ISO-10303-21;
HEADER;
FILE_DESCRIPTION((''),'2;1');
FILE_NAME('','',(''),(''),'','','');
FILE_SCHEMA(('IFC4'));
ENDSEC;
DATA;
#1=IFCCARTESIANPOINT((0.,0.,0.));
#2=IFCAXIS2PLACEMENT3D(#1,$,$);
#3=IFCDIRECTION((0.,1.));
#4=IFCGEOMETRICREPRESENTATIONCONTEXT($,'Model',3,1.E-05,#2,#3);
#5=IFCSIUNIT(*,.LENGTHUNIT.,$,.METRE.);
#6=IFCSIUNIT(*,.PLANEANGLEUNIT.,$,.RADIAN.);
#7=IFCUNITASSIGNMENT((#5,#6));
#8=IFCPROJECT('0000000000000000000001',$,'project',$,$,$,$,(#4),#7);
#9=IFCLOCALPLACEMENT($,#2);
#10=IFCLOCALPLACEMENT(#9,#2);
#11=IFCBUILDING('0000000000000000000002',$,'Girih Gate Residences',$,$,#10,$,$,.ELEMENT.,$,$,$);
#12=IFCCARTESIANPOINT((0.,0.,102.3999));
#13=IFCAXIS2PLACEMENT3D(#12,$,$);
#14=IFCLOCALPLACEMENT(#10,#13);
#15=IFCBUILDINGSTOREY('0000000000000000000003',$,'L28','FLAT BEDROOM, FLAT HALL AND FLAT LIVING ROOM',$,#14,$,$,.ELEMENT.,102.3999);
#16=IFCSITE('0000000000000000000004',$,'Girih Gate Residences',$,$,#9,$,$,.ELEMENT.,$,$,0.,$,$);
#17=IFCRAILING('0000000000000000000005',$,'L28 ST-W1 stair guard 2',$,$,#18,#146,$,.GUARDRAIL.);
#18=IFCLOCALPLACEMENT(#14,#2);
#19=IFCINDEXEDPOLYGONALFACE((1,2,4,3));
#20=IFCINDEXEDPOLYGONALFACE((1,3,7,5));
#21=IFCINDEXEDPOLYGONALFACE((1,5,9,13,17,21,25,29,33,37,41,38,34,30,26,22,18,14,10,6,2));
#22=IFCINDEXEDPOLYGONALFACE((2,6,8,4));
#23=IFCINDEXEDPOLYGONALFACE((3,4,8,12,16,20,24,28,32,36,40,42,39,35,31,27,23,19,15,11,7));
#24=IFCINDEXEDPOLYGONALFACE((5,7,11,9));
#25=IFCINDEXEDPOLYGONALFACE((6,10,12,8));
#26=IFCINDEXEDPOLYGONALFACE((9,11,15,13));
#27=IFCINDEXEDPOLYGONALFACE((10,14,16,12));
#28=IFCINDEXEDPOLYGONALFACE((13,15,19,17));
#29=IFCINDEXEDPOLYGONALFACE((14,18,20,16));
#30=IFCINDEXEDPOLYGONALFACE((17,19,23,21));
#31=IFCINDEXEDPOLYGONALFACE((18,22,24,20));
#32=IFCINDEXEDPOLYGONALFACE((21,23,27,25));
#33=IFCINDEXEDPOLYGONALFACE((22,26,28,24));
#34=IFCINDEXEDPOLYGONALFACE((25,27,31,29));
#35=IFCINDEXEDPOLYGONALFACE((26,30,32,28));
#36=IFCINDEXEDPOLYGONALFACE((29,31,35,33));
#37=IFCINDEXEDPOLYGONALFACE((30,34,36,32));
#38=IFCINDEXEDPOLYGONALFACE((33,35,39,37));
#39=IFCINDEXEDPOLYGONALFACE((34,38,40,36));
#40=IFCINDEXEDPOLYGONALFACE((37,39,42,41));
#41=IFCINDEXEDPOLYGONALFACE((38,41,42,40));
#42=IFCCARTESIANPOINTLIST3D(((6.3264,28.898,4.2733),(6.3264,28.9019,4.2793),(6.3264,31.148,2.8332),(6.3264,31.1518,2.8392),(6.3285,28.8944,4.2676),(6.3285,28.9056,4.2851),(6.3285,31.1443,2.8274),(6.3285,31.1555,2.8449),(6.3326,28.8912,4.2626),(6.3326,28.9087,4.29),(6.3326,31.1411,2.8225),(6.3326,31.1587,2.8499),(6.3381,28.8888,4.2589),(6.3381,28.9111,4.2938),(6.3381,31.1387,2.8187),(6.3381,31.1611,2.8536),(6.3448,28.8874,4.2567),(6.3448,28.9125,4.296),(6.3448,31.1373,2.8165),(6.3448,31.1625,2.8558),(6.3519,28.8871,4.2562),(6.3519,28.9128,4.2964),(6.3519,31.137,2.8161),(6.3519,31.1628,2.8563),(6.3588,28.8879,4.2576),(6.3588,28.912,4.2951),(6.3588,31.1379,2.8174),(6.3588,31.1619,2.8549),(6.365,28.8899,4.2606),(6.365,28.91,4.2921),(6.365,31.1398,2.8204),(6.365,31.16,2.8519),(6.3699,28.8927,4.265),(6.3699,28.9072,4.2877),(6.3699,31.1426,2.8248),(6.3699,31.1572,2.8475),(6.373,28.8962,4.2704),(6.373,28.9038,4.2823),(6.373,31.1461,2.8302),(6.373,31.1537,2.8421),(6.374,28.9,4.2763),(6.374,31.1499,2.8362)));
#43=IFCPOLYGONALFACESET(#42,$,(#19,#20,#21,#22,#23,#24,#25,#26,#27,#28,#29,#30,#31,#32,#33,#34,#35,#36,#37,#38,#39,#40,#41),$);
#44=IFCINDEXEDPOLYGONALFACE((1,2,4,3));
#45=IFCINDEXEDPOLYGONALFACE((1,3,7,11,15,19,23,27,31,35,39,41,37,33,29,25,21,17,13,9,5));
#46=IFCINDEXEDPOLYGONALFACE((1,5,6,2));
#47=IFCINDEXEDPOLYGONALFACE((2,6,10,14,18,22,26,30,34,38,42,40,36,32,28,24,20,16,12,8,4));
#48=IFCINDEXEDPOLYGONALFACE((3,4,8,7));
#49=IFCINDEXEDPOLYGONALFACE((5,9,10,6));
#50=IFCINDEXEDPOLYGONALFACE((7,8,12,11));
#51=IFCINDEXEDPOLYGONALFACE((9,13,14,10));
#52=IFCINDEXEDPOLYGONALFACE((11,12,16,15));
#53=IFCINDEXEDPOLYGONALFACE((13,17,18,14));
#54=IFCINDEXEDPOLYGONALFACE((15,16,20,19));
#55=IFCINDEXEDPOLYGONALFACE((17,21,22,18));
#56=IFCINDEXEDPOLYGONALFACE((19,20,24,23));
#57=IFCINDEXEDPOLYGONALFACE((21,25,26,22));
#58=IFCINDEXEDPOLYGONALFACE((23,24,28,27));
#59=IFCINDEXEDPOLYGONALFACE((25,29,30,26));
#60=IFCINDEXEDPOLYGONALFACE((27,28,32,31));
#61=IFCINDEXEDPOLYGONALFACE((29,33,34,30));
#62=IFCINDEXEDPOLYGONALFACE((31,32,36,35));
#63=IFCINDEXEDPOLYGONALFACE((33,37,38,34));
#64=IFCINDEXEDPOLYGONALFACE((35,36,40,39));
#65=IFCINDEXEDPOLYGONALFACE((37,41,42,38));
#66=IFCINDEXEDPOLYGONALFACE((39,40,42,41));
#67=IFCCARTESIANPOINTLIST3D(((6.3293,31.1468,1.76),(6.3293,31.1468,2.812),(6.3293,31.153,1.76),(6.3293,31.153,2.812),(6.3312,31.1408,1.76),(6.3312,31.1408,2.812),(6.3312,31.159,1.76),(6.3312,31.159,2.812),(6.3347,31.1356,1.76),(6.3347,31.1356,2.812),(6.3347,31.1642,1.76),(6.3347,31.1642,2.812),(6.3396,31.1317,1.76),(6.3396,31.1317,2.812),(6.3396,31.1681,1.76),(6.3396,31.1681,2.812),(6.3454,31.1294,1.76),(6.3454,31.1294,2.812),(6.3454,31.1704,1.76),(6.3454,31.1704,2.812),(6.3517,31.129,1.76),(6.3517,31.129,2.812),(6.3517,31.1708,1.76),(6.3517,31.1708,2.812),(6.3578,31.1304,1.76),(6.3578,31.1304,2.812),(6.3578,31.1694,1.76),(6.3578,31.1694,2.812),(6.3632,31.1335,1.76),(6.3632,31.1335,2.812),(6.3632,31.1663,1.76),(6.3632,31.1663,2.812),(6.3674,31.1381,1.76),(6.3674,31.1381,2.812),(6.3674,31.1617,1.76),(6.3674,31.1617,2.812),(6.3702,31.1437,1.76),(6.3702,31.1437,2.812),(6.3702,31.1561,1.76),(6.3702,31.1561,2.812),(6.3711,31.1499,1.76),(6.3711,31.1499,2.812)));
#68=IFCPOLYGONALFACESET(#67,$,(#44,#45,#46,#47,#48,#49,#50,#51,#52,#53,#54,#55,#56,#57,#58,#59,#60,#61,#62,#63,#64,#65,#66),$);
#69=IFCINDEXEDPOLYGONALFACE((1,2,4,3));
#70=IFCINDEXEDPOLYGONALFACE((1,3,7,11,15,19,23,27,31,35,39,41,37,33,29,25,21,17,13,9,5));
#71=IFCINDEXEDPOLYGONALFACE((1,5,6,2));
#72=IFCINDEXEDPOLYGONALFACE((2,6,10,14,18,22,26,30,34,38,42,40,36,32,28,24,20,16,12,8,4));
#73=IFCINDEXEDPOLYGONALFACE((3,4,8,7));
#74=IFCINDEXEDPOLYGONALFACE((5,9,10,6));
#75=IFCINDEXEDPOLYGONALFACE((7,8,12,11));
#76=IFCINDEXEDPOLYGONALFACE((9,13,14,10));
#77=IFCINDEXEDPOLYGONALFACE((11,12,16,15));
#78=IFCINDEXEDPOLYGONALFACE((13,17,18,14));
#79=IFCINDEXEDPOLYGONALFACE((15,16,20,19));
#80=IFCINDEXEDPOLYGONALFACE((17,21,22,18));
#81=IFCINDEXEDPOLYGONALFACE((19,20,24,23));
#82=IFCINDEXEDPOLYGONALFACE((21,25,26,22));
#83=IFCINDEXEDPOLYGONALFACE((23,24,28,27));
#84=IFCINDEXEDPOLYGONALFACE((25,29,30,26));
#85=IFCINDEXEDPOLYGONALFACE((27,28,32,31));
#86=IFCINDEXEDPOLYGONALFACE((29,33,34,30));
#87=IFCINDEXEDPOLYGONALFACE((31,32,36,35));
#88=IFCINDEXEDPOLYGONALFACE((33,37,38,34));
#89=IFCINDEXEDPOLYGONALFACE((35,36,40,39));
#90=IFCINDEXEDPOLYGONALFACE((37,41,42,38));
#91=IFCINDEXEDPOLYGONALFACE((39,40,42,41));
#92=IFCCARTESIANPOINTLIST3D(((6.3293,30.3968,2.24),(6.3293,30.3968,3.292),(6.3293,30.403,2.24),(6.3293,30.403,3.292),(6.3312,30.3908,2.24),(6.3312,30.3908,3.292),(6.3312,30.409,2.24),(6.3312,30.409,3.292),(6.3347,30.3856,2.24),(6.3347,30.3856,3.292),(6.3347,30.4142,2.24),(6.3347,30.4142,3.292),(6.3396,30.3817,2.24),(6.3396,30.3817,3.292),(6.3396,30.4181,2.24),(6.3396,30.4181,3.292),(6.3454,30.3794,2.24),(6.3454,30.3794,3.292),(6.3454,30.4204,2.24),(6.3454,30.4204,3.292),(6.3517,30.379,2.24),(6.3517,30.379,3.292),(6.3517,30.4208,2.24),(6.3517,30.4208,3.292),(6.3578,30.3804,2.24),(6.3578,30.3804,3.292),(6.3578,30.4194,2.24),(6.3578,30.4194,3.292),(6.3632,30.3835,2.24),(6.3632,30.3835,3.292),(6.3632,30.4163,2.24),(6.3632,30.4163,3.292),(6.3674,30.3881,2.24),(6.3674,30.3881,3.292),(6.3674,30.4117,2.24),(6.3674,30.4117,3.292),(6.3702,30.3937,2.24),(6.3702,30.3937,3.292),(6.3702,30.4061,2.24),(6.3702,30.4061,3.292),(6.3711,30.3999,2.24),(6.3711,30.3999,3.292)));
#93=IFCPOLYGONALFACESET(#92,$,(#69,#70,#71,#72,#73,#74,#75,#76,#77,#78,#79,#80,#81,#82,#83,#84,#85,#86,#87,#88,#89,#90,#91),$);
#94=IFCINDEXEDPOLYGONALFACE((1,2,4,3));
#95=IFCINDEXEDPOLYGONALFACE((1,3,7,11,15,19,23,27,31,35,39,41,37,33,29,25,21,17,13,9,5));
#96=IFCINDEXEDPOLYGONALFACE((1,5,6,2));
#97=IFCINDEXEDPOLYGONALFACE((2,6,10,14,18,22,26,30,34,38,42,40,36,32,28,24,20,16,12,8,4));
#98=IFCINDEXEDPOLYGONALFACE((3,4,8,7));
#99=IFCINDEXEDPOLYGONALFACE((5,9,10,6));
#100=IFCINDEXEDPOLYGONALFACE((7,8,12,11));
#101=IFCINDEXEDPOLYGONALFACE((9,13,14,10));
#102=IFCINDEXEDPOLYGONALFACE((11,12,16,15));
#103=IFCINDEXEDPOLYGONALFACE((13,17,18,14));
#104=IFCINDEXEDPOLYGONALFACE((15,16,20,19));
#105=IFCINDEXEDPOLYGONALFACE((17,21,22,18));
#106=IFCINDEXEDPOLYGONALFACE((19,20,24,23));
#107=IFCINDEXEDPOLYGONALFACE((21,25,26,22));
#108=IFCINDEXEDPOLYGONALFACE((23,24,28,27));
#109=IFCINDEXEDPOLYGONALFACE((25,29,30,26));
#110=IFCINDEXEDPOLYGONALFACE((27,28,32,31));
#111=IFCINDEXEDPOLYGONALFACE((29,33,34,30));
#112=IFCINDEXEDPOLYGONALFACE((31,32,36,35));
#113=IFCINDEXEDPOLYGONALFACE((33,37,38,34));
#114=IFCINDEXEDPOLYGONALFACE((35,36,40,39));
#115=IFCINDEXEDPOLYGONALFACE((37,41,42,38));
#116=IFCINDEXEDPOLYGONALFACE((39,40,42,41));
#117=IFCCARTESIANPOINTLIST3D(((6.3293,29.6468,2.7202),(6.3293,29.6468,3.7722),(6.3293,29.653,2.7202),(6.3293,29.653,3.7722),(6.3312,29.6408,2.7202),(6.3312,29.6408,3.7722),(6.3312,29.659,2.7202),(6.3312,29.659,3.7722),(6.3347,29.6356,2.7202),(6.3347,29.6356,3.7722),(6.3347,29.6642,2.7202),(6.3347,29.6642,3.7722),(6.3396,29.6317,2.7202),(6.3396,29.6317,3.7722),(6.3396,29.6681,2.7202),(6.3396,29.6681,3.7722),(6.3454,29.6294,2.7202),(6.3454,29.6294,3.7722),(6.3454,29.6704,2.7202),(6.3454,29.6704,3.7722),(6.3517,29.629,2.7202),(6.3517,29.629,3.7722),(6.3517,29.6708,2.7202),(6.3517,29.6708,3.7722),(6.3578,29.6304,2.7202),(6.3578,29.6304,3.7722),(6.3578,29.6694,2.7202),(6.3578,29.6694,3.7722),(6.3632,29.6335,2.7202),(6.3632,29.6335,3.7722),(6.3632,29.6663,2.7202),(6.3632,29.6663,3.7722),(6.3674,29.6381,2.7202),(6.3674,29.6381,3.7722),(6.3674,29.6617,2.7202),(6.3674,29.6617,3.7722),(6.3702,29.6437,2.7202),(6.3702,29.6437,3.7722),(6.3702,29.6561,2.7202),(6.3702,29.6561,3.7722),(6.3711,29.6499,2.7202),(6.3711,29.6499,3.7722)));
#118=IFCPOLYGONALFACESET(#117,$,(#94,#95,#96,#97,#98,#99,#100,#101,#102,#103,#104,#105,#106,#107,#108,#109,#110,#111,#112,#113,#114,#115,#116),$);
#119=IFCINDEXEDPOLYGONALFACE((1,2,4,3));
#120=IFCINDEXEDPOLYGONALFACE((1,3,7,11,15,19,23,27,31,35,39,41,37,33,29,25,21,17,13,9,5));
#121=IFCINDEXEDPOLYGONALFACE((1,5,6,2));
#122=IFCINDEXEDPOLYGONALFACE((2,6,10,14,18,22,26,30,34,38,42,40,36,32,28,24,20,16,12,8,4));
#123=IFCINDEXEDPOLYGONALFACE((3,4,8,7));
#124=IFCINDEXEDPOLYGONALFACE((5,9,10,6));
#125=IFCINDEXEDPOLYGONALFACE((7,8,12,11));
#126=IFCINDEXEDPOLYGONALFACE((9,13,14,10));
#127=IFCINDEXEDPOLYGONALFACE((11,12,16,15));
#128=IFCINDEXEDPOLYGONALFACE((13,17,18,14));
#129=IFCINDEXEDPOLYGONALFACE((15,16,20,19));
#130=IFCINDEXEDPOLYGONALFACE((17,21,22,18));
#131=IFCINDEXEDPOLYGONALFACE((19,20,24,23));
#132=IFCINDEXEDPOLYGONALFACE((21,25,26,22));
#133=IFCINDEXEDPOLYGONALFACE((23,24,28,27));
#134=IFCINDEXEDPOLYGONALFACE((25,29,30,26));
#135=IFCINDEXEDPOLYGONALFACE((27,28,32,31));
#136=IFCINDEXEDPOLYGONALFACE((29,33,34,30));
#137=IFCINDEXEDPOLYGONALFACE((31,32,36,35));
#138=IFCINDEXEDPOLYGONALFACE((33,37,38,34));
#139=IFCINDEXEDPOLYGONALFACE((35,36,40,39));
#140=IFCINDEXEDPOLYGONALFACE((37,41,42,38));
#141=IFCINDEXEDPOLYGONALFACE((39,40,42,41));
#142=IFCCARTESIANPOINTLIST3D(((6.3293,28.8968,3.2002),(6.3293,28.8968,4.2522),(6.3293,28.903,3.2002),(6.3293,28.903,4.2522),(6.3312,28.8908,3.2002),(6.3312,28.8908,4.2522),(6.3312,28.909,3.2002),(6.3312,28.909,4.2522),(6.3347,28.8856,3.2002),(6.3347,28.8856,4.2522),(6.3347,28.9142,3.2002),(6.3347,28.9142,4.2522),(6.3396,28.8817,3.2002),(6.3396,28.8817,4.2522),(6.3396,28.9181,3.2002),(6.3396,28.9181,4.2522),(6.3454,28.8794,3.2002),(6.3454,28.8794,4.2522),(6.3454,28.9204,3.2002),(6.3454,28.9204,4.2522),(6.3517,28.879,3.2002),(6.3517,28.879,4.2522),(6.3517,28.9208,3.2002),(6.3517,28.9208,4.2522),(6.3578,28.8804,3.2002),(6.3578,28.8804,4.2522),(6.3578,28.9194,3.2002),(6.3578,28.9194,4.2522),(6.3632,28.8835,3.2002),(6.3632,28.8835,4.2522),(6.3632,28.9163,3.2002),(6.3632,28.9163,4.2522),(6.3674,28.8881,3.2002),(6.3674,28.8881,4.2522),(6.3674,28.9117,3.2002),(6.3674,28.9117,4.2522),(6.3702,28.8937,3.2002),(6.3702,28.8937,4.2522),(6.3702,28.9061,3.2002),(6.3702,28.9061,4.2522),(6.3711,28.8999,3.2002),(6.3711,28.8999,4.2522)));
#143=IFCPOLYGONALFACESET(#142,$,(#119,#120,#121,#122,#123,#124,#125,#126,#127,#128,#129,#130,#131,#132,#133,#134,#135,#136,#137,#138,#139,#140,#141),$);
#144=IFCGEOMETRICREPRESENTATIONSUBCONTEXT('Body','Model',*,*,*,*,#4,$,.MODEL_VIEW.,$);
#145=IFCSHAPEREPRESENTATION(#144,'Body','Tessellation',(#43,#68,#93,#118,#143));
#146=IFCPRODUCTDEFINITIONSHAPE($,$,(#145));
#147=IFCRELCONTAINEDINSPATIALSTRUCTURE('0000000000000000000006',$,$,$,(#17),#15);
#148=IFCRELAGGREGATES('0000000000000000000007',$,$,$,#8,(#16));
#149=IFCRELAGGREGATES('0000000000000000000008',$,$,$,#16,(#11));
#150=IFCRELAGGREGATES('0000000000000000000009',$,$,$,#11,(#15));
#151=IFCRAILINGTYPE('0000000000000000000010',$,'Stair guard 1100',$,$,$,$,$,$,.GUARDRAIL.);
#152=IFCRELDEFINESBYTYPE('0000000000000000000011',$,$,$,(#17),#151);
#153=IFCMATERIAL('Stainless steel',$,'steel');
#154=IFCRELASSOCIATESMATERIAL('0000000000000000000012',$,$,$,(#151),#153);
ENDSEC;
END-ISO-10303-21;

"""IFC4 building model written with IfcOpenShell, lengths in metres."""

from ifc_helpers import new_model, si_unit, direction, frame, origin, origin_2d, place, context, subcontext, project, spatial, circle, extrude, material, type_object, element, save


model = new_model("IFC4")

# Units and contexts
model_context = context("Model", 3, precision=1e-05, world=origin(), true_north=direction((0.0, 1.0)))
body_context = subcontext(model_context, "Body", "Model", "MODEL_VIEW")
ifc_project = project(units=[si_unit("LENGTHUNIT", "METRE"), si_unit("PLANEANGLEUNIT", "RADIAN")], contexts=[model_context])

# Site, building, storey
site_placement = place(None, origin())
site = spatial("IfcSite", under=ifc_project, at=site_placement, Name="Girih Gate Residences", CompositionType="ELEMENT", RefElevation=0.0)
building_placement = place(site_placement, origin())
building = spatial("IfcBuilding", under=site, at=building_placement, Name="Girih Gate Residences", CompositionType="ELEMENT")
storey_placement = place(building_placement, frame((0.0, 0.0, 102.3999)))
storey = spatial("IfcBuildingStorey", under=building, at=storey_placement, Name="L28", Description="FLAT BEDROOM, FLAT HALL AND FLAT LIVING ROOM", CompositionType="ELEMENT", Elevation=102.3999)

# Shared definitions
ifc_material_1 = material(Name="Stainless steel", Category="steel")

# Railing
railing_type = type_object("IfcRailingType", Name="Stair guard 1100", PredefinedType="GUARDRAIL", material=ifc_material_1)
railing_placement = place(storey_placement, frame((6.3501, 31.1499, 1.76)))
element("IfcRailing", 1, at=railing_placement, inside=storey, type_object=railing_type, Name="L28 ST-W1 stair guard 2", PredefinedType="GUARDRAIL", context=body_context, shape_type="SweptSolid", body=[
    extrude(circle(Radius=0.0239, at=origin_2d()), frame((0.0, 0.0, 1.0762), z_axis=(0.0, -0.84224, 0.539103), x_axis=(1.0, 0.0, 0.0)), (0.0, 0.0, 1.0), 2.6714),
    extrude(circle(Radius=0.021, at=origin_2d()), origin(), (0.0, 0.0, 1.0), 1.052),
    extrude(circle(Radius=0.021, at=origin_2d()), frame((0.0, -0.75, 0.48)), (0.0, 0.0, 1.0), 1.052),
    extrude(circle(Radius=0.021, at=origin_2d()), frame((0.0, -1.5, 0.9602)), (0.0, 0.0, 1.0), 1.052),
    extrude(circle(Radius=0.021, at=origin_2d()), frame((0.0, -2.25, 1.4402)), (0.0, 0.0, 1.0), 1.052),
])

save(model, "model.ifc")
